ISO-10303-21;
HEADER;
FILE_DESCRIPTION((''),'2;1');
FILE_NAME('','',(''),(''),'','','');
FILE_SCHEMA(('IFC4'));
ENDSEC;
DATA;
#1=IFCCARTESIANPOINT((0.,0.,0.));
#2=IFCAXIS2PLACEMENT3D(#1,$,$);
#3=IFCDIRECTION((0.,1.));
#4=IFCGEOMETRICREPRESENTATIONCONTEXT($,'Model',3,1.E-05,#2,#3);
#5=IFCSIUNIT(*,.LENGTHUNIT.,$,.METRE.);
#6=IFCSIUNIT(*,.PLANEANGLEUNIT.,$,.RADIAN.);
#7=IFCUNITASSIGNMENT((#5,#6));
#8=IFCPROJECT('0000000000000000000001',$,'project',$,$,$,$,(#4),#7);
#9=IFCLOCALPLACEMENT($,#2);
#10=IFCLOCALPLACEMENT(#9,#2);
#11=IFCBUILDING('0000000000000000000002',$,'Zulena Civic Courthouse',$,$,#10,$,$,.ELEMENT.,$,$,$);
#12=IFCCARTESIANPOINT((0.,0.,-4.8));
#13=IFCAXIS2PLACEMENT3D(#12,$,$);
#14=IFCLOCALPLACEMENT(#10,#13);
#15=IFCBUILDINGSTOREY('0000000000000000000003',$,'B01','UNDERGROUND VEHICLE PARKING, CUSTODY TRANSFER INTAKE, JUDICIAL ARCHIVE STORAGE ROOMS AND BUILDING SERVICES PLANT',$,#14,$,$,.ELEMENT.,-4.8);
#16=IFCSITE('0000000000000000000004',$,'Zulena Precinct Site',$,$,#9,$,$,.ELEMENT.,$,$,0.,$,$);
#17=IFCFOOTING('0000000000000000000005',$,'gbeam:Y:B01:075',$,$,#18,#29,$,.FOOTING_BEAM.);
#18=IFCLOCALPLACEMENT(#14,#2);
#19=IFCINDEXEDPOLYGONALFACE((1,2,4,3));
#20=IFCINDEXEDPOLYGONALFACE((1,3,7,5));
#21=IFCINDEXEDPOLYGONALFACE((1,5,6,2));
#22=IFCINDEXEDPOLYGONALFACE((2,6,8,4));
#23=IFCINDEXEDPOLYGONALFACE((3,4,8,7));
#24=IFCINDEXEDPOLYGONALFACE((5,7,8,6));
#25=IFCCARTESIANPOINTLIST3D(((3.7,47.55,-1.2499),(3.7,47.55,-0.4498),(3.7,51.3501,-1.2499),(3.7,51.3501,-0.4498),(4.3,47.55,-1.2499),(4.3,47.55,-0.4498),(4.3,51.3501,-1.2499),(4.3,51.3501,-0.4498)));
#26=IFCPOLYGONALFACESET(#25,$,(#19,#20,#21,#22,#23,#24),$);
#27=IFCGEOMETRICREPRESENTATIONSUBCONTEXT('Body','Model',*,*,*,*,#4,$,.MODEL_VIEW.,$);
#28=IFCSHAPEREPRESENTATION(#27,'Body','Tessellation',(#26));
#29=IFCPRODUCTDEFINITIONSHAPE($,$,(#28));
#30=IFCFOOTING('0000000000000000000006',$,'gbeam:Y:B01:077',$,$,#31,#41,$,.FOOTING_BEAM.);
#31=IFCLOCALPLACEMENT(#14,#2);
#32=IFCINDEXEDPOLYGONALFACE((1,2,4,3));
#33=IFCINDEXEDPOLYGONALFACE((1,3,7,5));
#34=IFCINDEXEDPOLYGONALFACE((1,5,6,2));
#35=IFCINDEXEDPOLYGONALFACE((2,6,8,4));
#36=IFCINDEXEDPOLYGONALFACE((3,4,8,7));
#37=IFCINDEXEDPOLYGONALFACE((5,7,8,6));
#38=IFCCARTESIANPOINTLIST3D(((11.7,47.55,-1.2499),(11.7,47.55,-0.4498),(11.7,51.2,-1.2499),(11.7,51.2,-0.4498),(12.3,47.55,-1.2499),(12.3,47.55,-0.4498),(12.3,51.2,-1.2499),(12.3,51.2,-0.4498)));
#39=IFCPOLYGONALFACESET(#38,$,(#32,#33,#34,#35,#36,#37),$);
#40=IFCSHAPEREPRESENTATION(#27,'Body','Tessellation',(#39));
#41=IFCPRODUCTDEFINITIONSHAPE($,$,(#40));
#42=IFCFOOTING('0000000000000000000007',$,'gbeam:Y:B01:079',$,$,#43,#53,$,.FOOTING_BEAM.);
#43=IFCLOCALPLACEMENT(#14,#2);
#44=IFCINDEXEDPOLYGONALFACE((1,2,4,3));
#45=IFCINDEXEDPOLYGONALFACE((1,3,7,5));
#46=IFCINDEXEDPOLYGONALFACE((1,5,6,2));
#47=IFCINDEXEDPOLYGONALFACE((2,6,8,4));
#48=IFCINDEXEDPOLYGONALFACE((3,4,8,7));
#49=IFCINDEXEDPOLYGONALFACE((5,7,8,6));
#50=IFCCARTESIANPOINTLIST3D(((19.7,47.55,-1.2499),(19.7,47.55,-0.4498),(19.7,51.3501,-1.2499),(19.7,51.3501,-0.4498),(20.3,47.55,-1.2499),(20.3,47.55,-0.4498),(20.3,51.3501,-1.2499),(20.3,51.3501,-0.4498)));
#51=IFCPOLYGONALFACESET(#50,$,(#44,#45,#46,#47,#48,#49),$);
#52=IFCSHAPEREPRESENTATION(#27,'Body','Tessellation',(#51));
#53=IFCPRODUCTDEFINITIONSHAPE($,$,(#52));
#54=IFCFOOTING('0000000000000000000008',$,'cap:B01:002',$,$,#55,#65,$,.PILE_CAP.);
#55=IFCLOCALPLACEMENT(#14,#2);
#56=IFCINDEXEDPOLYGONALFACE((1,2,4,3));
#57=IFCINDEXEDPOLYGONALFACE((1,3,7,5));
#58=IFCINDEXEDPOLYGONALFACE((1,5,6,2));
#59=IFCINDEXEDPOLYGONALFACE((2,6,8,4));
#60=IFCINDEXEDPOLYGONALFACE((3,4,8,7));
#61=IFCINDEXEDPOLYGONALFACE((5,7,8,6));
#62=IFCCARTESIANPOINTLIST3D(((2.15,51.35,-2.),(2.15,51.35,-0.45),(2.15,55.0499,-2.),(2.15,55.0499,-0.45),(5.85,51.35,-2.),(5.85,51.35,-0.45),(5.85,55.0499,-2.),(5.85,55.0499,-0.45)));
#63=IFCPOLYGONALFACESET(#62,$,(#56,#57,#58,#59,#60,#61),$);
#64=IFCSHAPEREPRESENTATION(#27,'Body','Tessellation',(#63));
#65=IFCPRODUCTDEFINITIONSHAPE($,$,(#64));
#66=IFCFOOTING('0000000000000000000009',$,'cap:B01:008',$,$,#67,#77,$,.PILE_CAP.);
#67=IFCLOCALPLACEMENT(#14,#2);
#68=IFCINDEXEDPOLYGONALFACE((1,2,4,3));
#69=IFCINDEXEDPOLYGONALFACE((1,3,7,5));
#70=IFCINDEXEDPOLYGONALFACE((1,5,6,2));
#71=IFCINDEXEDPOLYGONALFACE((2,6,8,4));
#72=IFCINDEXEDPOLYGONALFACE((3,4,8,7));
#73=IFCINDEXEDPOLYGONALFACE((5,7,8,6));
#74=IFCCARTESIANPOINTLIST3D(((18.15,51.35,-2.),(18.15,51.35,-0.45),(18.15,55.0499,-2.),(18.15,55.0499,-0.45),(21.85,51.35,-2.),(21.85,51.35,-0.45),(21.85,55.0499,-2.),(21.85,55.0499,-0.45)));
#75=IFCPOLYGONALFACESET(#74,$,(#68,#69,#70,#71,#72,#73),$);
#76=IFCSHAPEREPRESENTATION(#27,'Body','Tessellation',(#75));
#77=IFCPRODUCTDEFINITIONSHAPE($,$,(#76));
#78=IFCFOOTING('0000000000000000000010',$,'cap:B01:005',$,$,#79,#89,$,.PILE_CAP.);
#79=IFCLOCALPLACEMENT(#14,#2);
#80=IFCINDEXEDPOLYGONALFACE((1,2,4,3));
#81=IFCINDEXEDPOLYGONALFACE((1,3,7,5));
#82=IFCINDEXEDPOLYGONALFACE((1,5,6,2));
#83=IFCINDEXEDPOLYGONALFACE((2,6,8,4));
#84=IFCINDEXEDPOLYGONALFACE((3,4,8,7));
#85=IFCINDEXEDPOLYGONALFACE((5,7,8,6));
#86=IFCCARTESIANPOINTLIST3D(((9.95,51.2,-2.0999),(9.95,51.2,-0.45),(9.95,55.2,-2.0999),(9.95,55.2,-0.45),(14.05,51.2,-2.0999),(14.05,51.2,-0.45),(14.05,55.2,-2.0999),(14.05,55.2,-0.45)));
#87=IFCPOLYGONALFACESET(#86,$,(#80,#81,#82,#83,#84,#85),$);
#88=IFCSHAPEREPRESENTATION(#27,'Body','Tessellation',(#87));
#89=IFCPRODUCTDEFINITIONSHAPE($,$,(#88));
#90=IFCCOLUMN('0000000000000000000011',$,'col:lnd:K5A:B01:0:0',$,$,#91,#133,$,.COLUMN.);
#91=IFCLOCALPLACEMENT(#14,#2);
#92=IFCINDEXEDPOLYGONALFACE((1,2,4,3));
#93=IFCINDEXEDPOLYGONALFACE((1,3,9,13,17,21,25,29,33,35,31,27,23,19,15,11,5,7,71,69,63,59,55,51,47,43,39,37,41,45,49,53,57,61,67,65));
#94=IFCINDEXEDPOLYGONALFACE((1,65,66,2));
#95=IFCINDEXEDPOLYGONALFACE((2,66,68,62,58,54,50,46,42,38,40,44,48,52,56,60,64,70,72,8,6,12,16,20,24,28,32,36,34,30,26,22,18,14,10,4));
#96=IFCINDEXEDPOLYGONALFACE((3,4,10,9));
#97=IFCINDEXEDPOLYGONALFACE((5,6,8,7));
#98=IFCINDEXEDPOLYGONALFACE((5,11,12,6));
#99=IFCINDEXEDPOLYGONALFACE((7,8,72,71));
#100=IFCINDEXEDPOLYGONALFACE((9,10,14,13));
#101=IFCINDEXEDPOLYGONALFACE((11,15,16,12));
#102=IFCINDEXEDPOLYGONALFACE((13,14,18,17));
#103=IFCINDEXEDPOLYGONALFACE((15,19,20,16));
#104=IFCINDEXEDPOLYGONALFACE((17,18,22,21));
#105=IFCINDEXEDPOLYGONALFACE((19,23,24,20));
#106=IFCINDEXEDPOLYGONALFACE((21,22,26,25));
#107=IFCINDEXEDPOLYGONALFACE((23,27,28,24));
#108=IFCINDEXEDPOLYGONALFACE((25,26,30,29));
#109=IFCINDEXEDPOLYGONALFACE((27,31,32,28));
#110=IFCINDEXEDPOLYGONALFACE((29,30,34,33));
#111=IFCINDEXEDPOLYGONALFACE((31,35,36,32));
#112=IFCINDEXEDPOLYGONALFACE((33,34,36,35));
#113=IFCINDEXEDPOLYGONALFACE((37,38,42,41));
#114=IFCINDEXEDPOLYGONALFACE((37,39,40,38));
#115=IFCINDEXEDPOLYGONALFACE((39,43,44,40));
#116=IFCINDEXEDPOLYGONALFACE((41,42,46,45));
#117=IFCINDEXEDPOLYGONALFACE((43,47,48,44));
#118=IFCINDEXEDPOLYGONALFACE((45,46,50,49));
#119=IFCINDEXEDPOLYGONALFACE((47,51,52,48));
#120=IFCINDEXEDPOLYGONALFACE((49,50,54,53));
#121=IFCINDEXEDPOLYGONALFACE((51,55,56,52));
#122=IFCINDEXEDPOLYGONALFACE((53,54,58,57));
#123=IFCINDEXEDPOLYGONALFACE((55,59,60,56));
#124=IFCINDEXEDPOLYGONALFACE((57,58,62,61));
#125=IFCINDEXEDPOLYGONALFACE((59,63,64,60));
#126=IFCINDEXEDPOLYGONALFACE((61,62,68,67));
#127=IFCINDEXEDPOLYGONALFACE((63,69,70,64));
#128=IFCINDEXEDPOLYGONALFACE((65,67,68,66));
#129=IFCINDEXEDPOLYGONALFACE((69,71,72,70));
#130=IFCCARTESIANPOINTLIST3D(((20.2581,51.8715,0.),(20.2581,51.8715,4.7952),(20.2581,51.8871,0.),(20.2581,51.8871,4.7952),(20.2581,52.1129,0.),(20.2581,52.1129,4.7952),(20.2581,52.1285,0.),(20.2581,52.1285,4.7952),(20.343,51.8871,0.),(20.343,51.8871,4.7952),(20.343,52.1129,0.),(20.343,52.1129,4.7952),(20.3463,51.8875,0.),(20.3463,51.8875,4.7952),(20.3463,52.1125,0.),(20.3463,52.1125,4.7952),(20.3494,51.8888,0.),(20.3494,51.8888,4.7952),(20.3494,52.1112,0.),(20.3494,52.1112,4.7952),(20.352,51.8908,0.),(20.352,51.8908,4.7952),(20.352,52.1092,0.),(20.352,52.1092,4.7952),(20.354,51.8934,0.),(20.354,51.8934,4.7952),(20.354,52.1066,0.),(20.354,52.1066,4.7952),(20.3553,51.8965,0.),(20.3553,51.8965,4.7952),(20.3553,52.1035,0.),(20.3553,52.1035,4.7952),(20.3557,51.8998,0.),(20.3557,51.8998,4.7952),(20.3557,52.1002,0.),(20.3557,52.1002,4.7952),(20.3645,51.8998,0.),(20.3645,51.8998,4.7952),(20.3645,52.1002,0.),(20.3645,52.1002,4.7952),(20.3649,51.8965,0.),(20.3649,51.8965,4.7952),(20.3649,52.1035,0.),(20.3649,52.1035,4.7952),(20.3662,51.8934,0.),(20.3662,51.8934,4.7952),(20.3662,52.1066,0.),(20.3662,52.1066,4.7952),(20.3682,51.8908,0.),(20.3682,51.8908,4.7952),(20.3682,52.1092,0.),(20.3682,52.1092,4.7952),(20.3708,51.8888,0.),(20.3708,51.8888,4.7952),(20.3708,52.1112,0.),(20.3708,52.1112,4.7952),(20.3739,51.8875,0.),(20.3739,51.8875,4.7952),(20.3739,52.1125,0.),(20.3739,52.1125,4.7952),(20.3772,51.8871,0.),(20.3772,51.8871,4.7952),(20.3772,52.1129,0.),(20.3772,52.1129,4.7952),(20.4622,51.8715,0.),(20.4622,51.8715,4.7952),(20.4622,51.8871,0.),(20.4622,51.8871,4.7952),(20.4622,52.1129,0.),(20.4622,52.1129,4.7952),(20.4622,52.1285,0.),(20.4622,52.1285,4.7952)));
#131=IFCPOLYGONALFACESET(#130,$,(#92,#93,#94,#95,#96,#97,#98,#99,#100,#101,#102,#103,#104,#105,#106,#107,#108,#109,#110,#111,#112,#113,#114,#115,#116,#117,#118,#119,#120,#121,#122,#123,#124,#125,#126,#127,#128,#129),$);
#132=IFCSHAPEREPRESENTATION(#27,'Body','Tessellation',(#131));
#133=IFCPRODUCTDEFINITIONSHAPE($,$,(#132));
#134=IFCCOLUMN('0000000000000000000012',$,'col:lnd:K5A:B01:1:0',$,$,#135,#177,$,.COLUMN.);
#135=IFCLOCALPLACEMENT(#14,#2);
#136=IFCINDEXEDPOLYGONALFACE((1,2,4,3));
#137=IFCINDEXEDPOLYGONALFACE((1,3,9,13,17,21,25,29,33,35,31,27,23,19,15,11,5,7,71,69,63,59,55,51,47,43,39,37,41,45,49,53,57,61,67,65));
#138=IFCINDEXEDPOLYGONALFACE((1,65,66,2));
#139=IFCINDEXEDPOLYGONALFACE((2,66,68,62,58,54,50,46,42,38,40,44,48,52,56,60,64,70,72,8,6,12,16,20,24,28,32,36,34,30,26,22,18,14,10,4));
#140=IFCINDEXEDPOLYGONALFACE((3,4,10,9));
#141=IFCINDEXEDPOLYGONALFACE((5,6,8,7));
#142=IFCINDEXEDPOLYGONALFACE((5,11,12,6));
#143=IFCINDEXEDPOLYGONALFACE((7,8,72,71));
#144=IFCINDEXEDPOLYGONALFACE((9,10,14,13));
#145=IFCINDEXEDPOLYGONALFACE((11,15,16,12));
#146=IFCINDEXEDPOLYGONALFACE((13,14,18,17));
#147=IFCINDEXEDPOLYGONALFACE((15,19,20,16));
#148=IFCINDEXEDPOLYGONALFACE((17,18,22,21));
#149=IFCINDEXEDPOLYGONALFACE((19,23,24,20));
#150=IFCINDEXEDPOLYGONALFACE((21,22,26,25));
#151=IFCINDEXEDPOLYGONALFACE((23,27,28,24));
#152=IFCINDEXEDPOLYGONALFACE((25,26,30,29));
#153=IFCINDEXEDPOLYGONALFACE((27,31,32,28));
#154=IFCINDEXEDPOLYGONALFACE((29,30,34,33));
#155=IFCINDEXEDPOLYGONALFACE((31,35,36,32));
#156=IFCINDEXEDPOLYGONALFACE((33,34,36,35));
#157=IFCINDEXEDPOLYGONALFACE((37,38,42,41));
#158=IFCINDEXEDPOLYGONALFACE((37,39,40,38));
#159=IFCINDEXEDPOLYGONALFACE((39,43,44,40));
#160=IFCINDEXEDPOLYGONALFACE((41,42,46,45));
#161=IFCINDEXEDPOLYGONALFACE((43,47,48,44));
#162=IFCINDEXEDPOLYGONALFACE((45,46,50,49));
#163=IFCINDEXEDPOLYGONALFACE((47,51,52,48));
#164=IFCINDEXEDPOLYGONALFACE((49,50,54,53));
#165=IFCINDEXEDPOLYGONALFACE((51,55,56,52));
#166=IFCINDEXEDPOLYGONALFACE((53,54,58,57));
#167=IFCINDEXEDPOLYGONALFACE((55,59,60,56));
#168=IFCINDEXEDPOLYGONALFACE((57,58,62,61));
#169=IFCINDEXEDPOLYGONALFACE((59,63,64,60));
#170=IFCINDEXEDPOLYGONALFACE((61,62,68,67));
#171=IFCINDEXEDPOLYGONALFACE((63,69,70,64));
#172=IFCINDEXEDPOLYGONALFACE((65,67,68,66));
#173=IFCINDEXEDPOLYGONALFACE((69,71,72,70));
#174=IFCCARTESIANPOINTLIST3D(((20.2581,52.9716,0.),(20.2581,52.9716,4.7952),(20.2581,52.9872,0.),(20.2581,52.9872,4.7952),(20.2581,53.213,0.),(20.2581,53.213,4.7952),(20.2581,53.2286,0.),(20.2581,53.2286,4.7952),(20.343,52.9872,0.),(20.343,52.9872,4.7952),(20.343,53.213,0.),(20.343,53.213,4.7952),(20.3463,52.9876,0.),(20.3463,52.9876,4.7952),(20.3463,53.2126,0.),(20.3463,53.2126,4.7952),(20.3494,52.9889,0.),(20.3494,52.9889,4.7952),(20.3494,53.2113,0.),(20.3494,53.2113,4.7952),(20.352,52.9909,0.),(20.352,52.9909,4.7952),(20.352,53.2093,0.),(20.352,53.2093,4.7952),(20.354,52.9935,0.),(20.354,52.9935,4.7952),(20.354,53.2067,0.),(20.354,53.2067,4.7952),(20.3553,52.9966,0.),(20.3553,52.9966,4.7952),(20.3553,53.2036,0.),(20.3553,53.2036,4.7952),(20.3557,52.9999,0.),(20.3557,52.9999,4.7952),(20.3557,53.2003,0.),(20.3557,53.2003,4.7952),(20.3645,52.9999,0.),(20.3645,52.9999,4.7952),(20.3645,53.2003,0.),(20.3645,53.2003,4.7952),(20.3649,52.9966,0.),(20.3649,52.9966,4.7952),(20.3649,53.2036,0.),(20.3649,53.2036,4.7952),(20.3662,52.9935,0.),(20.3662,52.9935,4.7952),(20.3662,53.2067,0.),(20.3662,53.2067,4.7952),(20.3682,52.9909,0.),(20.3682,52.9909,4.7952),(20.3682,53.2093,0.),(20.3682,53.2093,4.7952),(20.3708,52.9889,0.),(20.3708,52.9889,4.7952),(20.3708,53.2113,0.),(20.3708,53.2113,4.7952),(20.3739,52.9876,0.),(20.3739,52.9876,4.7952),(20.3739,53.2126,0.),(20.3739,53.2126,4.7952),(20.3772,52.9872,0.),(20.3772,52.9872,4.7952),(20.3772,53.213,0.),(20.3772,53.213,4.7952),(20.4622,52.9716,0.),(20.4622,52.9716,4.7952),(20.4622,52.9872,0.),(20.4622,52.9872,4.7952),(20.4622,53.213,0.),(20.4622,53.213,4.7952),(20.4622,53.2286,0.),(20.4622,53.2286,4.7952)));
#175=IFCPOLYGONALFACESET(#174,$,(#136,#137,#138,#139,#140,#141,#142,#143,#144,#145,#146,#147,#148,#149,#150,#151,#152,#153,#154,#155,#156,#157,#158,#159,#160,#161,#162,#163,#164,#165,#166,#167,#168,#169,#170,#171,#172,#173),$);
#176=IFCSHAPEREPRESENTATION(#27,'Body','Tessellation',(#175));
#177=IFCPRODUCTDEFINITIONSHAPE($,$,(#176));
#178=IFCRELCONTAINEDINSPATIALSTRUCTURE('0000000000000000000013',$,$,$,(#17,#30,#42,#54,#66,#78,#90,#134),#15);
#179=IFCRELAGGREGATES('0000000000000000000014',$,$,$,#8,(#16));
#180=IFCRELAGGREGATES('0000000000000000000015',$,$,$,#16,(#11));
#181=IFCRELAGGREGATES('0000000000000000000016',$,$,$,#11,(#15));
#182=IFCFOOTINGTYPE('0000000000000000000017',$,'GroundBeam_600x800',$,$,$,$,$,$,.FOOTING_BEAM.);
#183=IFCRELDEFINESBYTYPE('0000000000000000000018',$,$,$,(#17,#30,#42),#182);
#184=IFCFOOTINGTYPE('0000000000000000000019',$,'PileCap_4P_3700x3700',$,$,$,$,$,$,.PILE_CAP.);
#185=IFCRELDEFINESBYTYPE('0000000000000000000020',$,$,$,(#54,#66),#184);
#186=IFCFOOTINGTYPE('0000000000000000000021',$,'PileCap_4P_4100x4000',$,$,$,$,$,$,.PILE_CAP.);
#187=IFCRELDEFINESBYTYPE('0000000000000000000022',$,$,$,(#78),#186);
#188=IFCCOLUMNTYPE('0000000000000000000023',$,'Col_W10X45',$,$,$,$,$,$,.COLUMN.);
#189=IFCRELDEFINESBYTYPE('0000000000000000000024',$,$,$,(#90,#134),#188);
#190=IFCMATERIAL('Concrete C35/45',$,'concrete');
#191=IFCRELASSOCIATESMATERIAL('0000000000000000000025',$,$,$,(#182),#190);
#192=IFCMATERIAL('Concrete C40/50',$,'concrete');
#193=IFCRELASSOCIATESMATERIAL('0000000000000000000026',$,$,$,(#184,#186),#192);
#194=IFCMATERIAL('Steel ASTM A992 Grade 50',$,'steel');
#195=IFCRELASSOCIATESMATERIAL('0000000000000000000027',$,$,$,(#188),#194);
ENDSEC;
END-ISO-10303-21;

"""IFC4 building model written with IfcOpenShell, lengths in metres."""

from ifc_helpers import new_model, si_unit, direction, frame, origin, origin_2d, place, context, subcontext, project, spatial, rectangle, i_section, extrude, material, material_profile, profile_set, type_object, element, save


model = new_model("IFC4")

# Units and contexts
model_context = context("Model", 3, precision=1e-05, world=origin(), true_north=direction((0.0, 1.0)))
body_context = subcontext(model_context, "Body", "Model", "MODEL_VIEW")
ifc_project = project(units=[si_unit("LENGTHUNIT", "METRE"), si_unit("PLANEANGLEUNIT", "RADIAN")], contexts=[model_context])

# Site, building, storey
site_placement = place(None, origin())
site = spatial("IfcSite", under=ifc_project, at=site_placement, Name="Zulena Precinct Site", CompositionType="ELEMENT", RefElevation=0.0)
building_placement = place(site_placement, origin())
building = spatial("IfcBuilding", under=site, at=building_placement, Name="Zulena Civic Courthouse", CompositionType="ELEMENT")
storey_placement = place(building_placement, frame((0.0, 0.0, -4.8)))
storey = spatial("IfcBuildingStorey", under=building, at=storey_placement, Name="B01", Description="UNDERGROUND VEHICLE PARKING, CUSTODY TRANSFER INTAKE, JUDICIAL ARCHIVE STORAGE ROOMS AND BUILDING SERVICES PLANT", CompositionType="ELEMENT", Elevation=-4.8)

# Shared definitions
ifc_material_1 = material(Name="Concrete C40/50", Category="concrete")

# Footings
ifc_material_2 = material(Name="Concrete C35/45", Category="concrete")
ifc_material_profile_1 = material_profile(ifc_material_2, rectangle(XDim=0.6001, YDim=0.8, at=origin_2d()), Name="RC600X800")
ifc_profile_set_1 = profile_set([ifc_material_profile_1], Name="Concrete C35/45")
footing_type_1 = type_object("IfcFootingType", Name="GroundBeam_600x800", PredefinedType="FOOTING_BEAM", material=ifc_profile_set_1)
footing_1_placement = place(storey_placement, frame((4.0, 47.55, -0.8499), z_axis=(0.0, 1.0, 0.0), x_axis=(-1.0, 0.0, 0.0)))
element("IfcFooting", 1, at=footing_1_placement, inside=storey, type_object=footing_type_1, Name="gbeam:Y:B01:075", PredefinedType="FOOTING_BEAM", context=body_context, shape_type="SweptSolid", body=[
    extrude(rectangle(XDim=0.6001, YDim=0.8, at=origin_2d()), origin(), (0.0, 0.0, 1.0), 3.8),
])
footing_2_placement = place(storey_placement, frame((12.0, 47.55, -0.8499), z_axis=(0.0, 1.0, 0.0), x_axis=(-1.0, 0.0, 0.0)))
element("IfcFooting", 2, at=footing_2_placement, inside=storey, type_object=footing_type_1, Name="gbeam:Y:B01:077", PredefinedType="FOOTING_BEAM", context=body_context, shape_type="SweptSolid", body=[
    extrude(rectangle(XDim=0.6001, YDim=0.8, at=origin_2d()), origin(), (0.0, 0.0, 1.0), 3.6499),
])
footing_3_placement = place(storey_placement, frame((20.0, 47.55, -0.8499), z_axis=(0.0, 1.0, 0.0), x_axis=(-1.0, 0.0, 0.0)))
element("IfcFooting", 3, at=footing_3_placement, inside=storey, type_object=footing_type_1, Name="gbeam:Y:B01:079", PredefinedType="FOOTING_BEAM", context=body_context, shape_type="SweptSolid", body=[
    extrude(rectangle(XDim=0.6001, YDim=0.8, at=origin_2d()), origin(), (0.0, 0.0, 1.0), 3.8),
])
footing_type_2 = type_object("IfcFootingType", Name="PileCap_4P_3700x3700", PredefinedType="PILE_CAP", material=ifc_material_1)
for number, where, z_axis, x_axis, name in (
    (4, (4.0, 53.2, -2.0), (0.0, 0.0, 1.0), (1.0, 0.0, 0.0), "cap:B01:002"),
    (5, (20.0, 53.2, -2.0), (0.0, 0.0, 1.0), (1.0, 0.0, 0.0), "cap:B01:008"),
):
    element("IfcFooting", number, at=place(storey_placement, frame(where, z_axis=z_axis, x_axis=x_axis)), inside=storey, type_object=footing_type_2, Name=name, PredefinedType="PILE_CAP", context=body_context, shape_type="SweptSolid", body=[
        extrude(rectangle(XDim=3.7, YDim=3.7, at=origin_2d()), origin(), (0.0, 0.0, 1.0), 1.55),
    ])
footing_type_3 = type_object("IfcFootingType", Name="PileCap_4P_4100x4000", PredefinedType="PILE_CAP", material=ifc_material_1)
footing_4_placement = place(storey_placement, frame((12.0, 53.2, -2.0999), z_axis=(0.0, 0.0, 1.0), x_axis=(1.0, 0.0, 0.0)))
element("IfcFooting", 6, at=footing_4_placement, inside=storey, type_object=footing_type_3, Name="cap:B01:005", PredefinedType="PILE_CAP", context=body_context, shape_type="SweptSolid", body=[
    extrude(rectangle(XDim=4.1001, YDim=4.0, at=origin_2d()), origin(), (0.0, 0.0, 1.0), 1.6499),
])

# Columns
ifc_material_3 = material(Name="Steel ASTM A992 Grade 50", Category="steel")
ifc_material_profile_2 = material_profile(ifc_material_3, i_section(OverallWidth=0.2041, OverallDepth=0.2571, WebThickness=0.0088, FlangeThickness=0.0156, FilletRadius=0.0127, at=origin_2d()), Name="W10X45")
ifc_profile_set_2 = profile_set([ifc_material_profile_2], Name="Steel ASTM A992 Grade 50")
column_type_1 = type_object("IfcColumnType", Name="Col_W10X45", PredefinedType="COLUMN", material=ifc_profile_set_2)
for number, where, z_axis, x_axis, name in (
    (7, (20.3601, 52.0, 0.0), (0.0, 0.0, 1.0), (1.0, 0.0, 0.0), "col:lnd:K5A:B01:0:0"),
    (8, (20.3601, 53.1001, 0.0), (0.0, 0.0, 1.0), (1.0, 0.0, 0.0), "col:lnd:K5A:B01:1:0"),
):
    element("IfcColumn", number, at=place(storey_placement, frame(where, z_axis=z_axis, x_axis=x_axis)), inside=storey, type_object=column_type_1, Name=name, PredefinedType="COLUMN", context=body_context, shape_type="SweptSolid", body=[
        extrude(i_section(OverallWidth=0.2041, OverallDepth=0.2571, WebThickness=0.0088, FlangeThickness=0.0156, FilletRadius=0.0127, at=origin_2d()), origin(), (0.0, 0.0, 1.0), 4.7952),
    ])

save(model, "model.ifc")
